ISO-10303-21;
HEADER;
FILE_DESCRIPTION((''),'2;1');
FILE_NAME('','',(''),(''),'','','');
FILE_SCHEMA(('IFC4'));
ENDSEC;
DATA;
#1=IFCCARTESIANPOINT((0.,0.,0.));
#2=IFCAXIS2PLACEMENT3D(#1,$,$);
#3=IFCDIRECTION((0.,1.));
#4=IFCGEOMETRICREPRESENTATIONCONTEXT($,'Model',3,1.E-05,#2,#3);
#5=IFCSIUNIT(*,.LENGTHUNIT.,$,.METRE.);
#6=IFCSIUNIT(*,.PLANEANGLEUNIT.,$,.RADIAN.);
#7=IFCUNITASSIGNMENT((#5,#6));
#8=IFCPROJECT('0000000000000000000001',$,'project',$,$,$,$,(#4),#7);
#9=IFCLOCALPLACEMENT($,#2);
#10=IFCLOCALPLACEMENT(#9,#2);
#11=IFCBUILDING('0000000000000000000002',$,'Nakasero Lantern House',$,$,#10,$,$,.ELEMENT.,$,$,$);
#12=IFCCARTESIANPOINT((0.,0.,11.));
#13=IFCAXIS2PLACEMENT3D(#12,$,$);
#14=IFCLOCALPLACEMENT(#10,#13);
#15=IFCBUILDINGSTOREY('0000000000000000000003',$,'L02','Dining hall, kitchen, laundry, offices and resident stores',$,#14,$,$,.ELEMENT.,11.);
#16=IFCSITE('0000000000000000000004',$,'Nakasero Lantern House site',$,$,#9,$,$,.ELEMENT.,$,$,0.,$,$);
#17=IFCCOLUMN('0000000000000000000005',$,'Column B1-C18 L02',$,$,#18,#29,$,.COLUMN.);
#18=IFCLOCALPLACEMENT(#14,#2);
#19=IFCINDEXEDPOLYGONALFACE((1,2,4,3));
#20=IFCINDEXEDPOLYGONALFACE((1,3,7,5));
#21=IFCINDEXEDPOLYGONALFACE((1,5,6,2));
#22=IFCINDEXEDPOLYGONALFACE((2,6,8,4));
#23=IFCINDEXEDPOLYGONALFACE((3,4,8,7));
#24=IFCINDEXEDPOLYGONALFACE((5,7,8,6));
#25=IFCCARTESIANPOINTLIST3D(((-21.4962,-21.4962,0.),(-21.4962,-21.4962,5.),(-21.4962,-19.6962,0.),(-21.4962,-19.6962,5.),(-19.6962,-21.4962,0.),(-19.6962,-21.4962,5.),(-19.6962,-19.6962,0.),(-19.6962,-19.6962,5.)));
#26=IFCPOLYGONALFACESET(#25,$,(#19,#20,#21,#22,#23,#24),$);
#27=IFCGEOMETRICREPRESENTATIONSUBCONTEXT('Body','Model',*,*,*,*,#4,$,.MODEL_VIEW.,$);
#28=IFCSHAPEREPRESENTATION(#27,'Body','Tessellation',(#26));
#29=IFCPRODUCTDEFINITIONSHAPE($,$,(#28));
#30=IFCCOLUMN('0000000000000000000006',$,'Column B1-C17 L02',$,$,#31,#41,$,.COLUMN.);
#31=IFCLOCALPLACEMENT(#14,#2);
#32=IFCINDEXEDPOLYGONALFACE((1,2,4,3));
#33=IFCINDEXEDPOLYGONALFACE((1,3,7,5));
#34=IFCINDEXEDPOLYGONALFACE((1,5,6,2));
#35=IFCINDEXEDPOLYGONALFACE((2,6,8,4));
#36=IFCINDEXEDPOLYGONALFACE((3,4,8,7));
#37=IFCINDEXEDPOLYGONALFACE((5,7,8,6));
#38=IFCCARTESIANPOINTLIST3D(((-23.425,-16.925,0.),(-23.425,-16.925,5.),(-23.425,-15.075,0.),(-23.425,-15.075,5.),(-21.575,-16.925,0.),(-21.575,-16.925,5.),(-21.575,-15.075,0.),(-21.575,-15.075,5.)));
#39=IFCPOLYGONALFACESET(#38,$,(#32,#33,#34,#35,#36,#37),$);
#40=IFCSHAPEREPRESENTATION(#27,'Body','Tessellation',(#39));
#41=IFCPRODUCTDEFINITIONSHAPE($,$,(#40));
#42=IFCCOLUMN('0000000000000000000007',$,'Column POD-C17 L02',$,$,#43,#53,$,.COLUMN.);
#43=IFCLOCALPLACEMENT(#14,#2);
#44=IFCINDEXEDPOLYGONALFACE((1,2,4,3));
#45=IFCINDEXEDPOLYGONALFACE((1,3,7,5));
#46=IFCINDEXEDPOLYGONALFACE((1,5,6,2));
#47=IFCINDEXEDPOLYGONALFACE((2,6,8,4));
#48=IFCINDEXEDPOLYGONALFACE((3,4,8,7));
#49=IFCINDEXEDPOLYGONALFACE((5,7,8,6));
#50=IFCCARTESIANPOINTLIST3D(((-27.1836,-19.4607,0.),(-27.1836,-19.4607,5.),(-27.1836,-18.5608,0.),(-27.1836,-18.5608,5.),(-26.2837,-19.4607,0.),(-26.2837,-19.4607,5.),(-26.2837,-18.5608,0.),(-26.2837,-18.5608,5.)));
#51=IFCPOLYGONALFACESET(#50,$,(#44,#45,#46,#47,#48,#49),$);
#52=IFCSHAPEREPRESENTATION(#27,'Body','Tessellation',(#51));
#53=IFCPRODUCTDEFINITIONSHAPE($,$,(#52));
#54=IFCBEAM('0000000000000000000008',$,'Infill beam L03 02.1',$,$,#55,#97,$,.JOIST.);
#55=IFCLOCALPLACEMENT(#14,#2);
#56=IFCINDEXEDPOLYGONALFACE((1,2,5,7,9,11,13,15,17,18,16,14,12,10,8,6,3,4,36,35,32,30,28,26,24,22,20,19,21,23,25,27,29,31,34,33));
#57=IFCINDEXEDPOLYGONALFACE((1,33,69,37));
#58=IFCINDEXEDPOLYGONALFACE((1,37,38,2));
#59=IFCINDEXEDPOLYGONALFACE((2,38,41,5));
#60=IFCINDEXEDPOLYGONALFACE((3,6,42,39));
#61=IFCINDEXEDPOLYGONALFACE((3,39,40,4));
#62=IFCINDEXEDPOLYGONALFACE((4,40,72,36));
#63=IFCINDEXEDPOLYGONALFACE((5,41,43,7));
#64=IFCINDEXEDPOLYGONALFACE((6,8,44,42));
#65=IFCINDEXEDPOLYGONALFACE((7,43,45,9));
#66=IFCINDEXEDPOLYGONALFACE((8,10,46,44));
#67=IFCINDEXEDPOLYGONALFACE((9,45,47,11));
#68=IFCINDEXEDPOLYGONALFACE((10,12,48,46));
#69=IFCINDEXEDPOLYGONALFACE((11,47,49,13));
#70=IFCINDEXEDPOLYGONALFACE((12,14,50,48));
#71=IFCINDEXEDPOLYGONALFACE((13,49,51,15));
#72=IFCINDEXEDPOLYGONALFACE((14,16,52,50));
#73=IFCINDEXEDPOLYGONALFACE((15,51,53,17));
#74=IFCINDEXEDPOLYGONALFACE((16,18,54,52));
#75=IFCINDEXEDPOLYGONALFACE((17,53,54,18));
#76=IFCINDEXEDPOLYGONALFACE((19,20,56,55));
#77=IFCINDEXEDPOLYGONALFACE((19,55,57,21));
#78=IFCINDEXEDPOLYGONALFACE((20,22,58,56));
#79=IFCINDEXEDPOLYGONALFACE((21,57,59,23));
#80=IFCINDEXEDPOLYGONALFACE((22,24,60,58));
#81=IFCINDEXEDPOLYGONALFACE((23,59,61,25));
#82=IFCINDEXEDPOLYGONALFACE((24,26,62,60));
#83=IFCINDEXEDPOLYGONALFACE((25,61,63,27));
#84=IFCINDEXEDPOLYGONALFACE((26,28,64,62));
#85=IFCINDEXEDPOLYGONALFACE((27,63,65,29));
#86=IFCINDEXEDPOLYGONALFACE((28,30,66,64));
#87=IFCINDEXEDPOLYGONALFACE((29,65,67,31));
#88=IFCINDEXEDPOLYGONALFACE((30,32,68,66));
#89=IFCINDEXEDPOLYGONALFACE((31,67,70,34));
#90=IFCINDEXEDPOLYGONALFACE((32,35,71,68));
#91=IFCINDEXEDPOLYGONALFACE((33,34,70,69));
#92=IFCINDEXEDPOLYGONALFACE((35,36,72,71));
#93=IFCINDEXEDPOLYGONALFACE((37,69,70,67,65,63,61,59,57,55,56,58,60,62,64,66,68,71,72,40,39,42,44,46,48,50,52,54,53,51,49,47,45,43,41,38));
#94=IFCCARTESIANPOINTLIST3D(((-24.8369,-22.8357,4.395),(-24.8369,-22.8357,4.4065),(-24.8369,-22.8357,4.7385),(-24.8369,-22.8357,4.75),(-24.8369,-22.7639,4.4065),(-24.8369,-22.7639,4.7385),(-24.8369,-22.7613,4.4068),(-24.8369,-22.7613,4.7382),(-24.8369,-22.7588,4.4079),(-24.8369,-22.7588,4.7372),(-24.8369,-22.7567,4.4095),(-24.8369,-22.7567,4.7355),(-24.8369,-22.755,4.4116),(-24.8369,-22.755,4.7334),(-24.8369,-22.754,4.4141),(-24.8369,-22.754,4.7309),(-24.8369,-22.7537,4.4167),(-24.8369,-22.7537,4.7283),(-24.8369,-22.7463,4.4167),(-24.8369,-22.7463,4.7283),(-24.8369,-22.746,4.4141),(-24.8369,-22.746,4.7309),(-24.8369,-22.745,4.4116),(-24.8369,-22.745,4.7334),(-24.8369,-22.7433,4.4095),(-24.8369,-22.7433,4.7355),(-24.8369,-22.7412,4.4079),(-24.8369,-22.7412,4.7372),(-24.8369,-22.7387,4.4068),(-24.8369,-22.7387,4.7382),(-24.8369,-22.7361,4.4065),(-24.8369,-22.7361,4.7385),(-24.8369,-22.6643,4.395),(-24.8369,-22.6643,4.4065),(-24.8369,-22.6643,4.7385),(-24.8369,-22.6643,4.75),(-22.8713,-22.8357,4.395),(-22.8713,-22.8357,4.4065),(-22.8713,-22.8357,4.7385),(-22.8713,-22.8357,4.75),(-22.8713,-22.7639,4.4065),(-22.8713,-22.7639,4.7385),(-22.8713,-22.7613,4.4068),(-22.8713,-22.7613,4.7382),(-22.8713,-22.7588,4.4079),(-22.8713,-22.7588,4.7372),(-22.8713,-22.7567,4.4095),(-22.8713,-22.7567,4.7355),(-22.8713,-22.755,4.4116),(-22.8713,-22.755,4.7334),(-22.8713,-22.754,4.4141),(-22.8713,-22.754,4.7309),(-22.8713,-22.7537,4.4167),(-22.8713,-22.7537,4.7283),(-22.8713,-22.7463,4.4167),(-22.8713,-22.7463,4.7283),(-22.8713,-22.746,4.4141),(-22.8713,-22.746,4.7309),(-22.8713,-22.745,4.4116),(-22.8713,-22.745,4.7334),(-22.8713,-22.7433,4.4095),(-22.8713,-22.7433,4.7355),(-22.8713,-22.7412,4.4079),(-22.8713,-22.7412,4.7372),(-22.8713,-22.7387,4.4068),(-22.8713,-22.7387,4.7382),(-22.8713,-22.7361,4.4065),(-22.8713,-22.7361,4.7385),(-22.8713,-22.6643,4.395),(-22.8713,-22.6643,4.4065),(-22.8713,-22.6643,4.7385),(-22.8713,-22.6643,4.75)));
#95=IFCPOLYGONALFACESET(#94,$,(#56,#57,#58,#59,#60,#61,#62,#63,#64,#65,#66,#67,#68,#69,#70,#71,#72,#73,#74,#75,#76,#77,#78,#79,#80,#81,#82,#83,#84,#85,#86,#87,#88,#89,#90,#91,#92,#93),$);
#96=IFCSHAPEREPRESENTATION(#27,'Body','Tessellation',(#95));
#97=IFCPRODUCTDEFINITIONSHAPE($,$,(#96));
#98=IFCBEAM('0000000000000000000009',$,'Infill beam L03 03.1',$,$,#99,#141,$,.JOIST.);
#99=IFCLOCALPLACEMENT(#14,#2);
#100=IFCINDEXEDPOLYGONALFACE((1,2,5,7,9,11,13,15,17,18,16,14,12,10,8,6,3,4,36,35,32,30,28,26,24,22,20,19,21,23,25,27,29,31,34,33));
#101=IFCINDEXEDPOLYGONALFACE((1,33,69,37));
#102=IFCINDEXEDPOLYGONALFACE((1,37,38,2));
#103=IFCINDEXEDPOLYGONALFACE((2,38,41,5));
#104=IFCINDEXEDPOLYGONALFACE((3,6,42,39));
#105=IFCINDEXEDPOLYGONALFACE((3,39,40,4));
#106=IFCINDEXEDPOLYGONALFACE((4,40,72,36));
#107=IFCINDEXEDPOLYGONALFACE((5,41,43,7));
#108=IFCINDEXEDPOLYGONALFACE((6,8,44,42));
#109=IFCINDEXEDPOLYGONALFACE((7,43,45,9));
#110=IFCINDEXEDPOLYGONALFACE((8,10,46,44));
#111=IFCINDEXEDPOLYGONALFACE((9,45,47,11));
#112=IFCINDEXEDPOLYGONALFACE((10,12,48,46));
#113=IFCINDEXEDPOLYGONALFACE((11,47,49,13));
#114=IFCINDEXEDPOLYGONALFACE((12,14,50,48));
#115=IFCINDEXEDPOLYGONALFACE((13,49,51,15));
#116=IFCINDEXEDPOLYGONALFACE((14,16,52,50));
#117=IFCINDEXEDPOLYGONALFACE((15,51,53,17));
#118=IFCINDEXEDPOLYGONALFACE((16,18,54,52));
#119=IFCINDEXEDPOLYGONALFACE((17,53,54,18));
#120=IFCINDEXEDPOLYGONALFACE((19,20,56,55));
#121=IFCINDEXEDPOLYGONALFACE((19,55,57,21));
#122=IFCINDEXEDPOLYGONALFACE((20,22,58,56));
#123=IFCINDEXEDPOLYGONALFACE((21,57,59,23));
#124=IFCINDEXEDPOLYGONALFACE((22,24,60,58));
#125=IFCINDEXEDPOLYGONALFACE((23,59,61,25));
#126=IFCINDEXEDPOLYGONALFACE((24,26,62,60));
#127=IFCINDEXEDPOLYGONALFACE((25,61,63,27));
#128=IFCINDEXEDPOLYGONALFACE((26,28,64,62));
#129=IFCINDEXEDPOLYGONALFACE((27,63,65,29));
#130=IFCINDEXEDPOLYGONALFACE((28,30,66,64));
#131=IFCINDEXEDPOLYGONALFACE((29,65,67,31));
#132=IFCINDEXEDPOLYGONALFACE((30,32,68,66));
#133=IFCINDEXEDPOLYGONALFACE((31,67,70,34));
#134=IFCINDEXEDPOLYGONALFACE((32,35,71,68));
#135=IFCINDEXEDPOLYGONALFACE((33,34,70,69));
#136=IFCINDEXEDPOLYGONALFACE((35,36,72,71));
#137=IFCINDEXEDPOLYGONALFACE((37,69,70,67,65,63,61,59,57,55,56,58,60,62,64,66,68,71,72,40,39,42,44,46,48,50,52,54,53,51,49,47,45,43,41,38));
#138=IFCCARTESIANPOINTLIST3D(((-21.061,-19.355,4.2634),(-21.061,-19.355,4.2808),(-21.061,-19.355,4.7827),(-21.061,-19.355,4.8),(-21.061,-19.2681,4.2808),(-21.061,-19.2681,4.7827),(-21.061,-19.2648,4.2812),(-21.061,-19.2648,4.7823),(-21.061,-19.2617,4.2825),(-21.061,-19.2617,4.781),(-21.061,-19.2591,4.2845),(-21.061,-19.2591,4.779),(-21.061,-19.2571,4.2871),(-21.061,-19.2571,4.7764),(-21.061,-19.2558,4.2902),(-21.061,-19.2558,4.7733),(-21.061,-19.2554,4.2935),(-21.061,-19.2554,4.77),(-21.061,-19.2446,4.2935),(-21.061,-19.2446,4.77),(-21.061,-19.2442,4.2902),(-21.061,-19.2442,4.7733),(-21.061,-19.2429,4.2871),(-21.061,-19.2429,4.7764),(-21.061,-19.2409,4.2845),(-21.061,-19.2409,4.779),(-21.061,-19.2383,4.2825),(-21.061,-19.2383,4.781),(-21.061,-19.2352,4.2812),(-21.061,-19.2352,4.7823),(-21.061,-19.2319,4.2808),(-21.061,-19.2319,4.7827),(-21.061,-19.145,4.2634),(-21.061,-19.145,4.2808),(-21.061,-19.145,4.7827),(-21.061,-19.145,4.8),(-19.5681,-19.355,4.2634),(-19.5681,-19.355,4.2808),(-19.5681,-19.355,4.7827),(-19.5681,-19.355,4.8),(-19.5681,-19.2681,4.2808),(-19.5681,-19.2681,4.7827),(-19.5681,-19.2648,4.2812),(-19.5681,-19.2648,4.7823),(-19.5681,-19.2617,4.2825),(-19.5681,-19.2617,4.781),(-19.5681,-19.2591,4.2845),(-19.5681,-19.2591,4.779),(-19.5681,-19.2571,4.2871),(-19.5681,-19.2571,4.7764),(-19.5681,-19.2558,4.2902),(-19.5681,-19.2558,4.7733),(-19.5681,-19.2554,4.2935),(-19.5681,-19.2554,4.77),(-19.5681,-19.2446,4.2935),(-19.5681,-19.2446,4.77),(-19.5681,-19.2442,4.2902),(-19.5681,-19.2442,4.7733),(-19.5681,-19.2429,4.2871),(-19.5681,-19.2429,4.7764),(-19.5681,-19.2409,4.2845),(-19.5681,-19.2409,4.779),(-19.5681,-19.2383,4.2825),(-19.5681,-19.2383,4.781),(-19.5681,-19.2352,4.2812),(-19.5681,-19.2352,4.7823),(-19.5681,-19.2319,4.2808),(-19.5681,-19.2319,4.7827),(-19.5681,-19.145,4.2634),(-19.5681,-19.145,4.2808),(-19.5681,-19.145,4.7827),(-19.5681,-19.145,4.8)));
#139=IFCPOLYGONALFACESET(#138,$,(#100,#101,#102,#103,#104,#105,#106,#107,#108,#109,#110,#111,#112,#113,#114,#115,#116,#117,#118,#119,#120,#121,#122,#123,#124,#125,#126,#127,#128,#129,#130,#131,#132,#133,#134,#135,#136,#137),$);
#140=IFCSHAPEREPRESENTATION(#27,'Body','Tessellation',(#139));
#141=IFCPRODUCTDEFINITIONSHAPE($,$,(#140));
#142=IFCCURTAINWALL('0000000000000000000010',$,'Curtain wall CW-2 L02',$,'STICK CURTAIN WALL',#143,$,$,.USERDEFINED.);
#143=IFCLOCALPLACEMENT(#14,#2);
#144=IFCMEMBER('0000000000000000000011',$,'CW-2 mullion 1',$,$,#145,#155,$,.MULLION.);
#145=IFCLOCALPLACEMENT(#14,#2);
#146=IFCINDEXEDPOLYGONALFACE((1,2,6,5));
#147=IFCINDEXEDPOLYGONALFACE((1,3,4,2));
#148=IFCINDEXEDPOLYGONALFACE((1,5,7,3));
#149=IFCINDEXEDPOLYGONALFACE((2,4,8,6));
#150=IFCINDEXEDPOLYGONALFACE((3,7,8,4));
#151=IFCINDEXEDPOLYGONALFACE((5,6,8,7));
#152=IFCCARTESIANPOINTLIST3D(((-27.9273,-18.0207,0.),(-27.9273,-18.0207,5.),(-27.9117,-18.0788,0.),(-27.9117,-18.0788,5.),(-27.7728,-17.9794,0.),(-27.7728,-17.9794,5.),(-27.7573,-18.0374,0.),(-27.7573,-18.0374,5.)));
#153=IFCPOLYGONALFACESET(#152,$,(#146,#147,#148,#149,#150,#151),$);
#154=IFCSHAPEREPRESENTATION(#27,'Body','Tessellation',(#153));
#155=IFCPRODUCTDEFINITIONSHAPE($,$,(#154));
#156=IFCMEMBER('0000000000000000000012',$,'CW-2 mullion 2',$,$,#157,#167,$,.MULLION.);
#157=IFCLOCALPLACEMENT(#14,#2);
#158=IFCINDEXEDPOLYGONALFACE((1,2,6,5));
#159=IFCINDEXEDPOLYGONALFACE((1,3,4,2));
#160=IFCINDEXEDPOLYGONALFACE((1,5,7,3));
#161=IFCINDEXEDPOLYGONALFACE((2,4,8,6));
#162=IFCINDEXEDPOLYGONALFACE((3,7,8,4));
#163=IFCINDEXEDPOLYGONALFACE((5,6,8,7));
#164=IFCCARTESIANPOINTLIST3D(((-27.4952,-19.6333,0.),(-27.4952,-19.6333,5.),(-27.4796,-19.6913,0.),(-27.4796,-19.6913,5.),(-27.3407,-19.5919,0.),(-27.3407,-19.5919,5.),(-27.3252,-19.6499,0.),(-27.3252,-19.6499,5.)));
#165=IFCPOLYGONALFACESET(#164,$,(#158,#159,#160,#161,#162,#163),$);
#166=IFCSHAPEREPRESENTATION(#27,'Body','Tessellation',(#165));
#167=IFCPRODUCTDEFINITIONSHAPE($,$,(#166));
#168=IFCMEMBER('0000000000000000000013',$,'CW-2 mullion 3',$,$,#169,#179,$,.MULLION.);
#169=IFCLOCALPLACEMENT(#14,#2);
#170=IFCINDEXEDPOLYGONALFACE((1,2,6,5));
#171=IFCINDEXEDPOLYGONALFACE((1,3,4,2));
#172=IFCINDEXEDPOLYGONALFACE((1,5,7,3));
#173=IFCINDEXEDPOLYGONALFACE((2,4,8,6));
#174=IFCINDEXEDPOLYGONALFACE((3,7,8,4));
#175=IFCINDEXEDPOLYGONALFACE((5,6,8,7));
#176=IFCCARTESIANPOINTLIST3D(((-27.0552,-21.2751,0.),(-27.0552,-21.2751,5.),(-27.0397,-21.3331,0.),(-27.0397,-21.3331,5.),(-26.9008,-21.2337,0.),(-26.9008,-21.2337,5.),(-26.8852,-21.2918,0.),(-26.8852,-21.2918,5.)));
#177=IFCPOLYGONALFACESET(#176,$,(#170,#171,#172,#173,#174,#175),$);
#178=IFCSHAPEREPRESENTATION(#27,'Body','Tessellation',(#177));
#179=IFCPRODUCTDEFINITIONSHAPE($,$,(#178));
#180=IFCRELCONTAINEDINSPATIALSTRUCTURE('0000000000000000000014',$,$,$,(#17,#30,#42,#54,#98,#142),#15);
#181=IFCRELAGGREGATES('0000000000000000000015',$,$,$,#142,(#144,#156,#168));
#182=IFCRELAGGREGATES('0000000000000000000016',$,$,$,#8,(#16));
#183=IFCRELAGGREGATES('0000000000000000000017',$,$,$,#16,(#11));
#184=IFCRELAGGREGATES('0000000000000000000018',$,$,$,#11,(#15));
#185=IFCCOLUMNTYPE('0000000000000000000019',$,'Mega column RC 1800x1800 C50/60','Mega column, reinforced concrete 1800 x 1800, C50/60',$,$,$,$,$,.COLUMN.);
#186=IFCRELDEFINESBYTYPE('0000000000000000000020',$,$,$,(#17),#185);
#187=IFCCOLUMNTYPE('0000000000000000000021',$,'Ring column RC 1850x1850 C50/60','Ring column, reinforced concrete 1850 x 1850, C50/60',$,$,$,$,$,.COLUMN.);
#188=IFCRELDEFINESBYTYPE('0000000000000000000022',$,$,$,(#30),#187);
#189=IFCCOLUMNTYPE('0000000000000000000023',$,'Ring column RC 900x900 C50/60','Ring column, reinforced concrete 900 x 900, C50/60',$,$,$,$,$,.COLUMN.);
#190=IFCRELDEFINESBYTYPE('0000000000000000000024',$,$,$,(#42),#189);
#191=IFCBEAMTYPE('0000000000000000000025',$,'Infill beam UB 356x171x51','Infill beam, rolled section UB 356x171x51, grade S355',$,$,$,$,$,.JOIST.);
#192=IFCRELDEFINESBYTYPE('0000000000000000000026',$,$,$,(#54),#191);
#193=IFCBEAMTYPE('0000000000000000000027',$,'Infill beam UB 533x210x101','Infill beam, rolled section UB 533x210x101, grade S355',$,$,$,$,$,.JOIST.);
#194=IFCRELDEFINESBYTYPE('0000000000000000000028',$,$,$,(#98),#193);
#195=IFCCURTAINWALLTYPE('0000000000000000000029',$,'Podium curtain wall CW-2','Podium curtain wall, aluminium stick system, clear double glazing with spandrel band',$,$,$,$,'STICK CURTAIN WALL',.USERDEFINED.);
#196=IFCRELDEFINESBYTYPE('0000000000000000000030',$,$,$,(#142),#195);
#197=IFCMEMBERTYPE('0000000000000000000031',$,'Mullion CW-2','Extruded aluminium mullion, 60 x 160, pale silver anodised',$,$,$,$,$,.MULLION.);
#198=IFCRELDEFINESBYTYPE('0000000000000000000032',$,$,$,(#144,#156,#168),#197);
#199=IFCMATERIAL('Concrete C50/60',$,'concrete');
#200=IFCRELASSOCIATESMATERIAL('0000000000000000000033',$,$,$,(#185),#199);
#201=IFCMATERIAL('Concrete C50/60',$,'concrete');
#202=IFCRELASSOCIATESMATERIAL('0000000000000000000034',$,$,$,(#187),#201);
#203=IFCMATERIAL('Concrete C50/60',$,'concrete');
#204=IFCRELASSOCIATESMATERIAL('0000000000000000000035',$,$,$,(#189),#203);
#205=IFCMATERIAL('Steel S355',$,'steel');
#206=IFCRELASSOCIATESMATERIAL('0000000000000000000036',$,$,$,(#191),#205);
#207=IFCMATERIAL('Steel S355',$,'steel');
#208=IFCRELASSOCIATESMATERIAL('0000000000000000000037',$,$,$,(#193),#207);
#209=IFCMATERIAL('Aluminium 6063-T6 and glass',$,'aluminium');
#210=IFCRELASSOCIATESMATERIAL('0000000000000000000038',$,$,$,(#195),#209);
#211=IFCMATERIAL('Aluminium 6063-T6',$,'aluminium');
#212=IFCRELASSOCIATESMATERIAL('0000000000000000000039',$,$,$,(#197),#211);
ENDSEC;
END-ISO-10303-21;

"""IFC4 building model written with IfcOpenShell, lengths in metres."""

from ifc_helpers import new_model, si_unit, direction, frame, origin, origin_2d, place, context, subcontext, project, spatial, rectangle, i_section, extrude, material, material_profile, profile_set, type_object, element, aggregate, save


model = new_model("IFC4")

# Units and contexts
model_context = context("Model", 3, precision=1e-05, world=origin(), true_north=direction((0.0, 1.0)))
body_context = subcontext(model_context, "Body", "Model", "MODEL_VIEW")
ifc_project = project(units=[si_unit("LENGTHUNIT", "METRE"), si_unit("PLANEANGLEUNIT", "RADIAN")], contexts=[model_context])

# Site, building, storey
site_placement = place(None, origin())
site = spatial("IfcSite", under=ifc_project, at=site_placement, Name="Nakasero Lantern House site", CompositionType="ELEMENT", RefElevation=0.0)
building_placement = place(site_placement, origin())
building = spatial("IfcBuilding", under=site, at=building_placement, Name="Nakasero Lantern House", CompositionType="ELEMENT")
storey_placement = place(building_placement, frame((0.0, 0.0, 11.0)))
storey = spatial("IfcBuildingStorey", under=building, at=storey_placement, Name="L02", Description="Dining hall, kitchen, laundry, offices and resident stores", CompositionType="ELEMENT", Elevation=11.0)

# Columns
ifc_material_1 = material(Name="Concrete C50/60", Category="concrete")
ifc_material_profile_1 = material_profile(ifc_material_1, rectangle(XDim=1.8, YDim=1.8, at=origin_2d()), Name="RC 1800x1800")
ifc_profile_set_1 = profile_set([ifc_material_profile_1], Name="Concrete C50/60")
column_type_1 = type_object("IfcColumnType", Name="Mega column RC 1800x1800 C50/60", Description="Mega column, reinforced concrete 1800 x 1800, C50/60", PredefinedType="COLUMN", material=ifc_profile_set_1)
column_1_placement = place(storey_placement, frame((-20.5962, -20.5962, 0.0), z_axis=(0.0, 0.0, 1.0), x_axis=(1.0, 0.0, 0.0)))
element("IfcColumn", 1, at=column_1_placement, inside=storey, type_object=column_type_1, Name="Column B1-C18 L02", PredefinedType="COLUMN", context=body_context, shape_type="SweptSolid", body=[
    extrude(rectangle(XDim=1.8, YDim=1.8, at=origin_2d()), origin(), (0.0, 0.0, 1.0), 5.0),
])
ifc_material_2 = material(Name="Concrete C50/60", Category="concrete")
ifc_material_profile_2 = material_profile(ifc_material_2, rectangle(XDim=1.8501, YDim=1.8501, at=origin_2d()), Name="RC 1850x1850")
ifc_profile_set_2 = profile_set([ifc_material_profile_2], Name="Concrete C50/60")
column_type_2 = type_object("IfcColumnType", Name="Ring column RC 1850x1850 C50/60", Description="Ring column, reinforced concrete 1850 x 1850, C50/60", PredefinedType="COLUMN", material=ifc_profile_set_2)
column_2_placement = place(storey_placement, frame((-22.5, -16.0, 0.0), z_axis=(0.0, 0.0, 1.0), x_axis=(1.0, 0.0, 0.0)))
element("IfcColumn", 2, at=column_2_placement, inside=storey, type_object=column_type_2, Name="Column B1-C17 L02", PredefinedType="COLUMN", context=body_context, shape_type="SweptSolid", body=[
    extrude(rectangle(XDim=1.8501, YDim=1.8501, at=origin_2d()), origin(), (0.0, 0.0, 1.0), 5.0),
])
ifc_material_3 = material(Name="Concrete C50/60", Category="concrete")
ifc_material_profile_3 = material_profile(ifc_material_3, rectangle(XDim=0.8999, YDim=0.8999, at=origin_2d()), Name="RC 900x900")
ifc_profile_set_3 = profile_set([ifc_material_profile_3], Name="Concrete C50/60")
column_type_3 = type_object("IfcColumnType", Name="Ring column RC 900x900 C50/60", Description="Ring column, reinforced concrete 900 x 900, C50/60", PredefinedType="COLUMN", material=ifc_profile_set_3)
column_3_placement = place(storey_placement, frame((-26.7336, -19.0107, 0.0), z_axis=(0.0, 0.0, 1.0), x_axis=(1.0, 0.0, 0.0)))
element("IfcColumn", 3, at=column_3_placement, inside=storey, type_object=column_type_3, Name="Column POD-C17 L02", PredefinedType="COLUMN", context=body_context, shape_type="SweptSolid", body=[
    extrude(rectangle(XDim=0.8999, YDim=0.8999, at=origin_2d()), origin(), (0.0, 0.0, 1.0), 5.0),
])

# Beams
ifc_material_4 = material(Name="Steel S355", Category="steel")
ifc_material_profile_4 = material_profile(ifc_material_4, i_section(OverallWidth=0.1714, OverallDepth=0.355, WebThickness=0.0073, FlangeThickness=0.0115, FilletRadius=0.0103, at=origin_2d()), Name="UB 356x171x51")
ifc_profile_set_4 = profile_set([ifc_material_profile_4], Name="Steel S355")
beam_type_1 = type_object("IfcBeamType", Name="Infill beam UB 356x171x51", Description="Infill beam, rolled section UB 356x171x51, grade S355", PredefinedType="JOIST", material=ifc_profile_set_4)
beam_1_placement = place(storey_placement, frame((-24.8369, -22.75, 4.5725), z_axis=(1.0, 0.0, 0.0), x_axis=(0.0, 1.0, 0.0)))
element("IfcBeam", 4, at=beam_1_placement, inside=storey, type_object=beam_type_1, Name="Infill beam L03 02.1", PredefinedType="JOIST", context=body_context, shape_type="SweptSolid", body=[
    extrude(i_section(OverallWidth=0.1714, OverallDepth=0.355, WebThickness=0.0073, FlangeThickness=0.0115, FilletRadius=0.0103, at=origin_2d()), origin(), (0.0, 0.0, 1.0), 1.9656),
])
ifc_material_5 = material(Name="Steel S355", Category="steel")
ifc_material_profile_5 = material_profile(ifc_material_5, i_section(OverallWidth=0.21, OverallDepth=0.5366, WebThickness=0.0107, FlangeThickness=0.0173, FilletRadius=0.0127, at=origin_2d()), Name="UB 533x210x101")
ifc_profile_set_5 = profile_set([ifc_material_profile_5], Name="Steel S355")
beam_type_2 = type_object("IfcBeamType", Name="Infill beam UB 533x210x101", Description="Infill beam, rolled section UB 533x210x101, grade S355", PredefinedType="JOIST", material=ifc_profile_set_5)
beam_2_placement = place(storey_placement, frame((-21.061, -19.25, 4.5317), z_axis=(1.0, 0.0, 0.0), x_axis=(0.0, 1.0, 0.0)))
element("IfcBeam", 5, at=beam_2_placement, inside=storey, type_object=beam_type_2, Name="Infill beam L03 03.1", PredefinedType="JOIST", context=body_context, shape_type="SweptSolid", body=[
    extrude(i_section(OverallWidth=0.21, OverallDepth=0.5366, WebThickness=0.0107, FlangeThickness=0.0173, FilletRadius=0.0127, at=origin_2d()), origin(), (0.0, 0.0, 1.0), 1.4929),
])

# Curtain wall, members
ifc_material_6 = material(Name="Aluminium 6063-T6 and glass", Category="aluminium")
curtain_wall_type = type_object("IfcCurtainWallType", Name="Podium curtain wall CW-2", Description="Podium curtain wall, aluminium stick system, clear double glazing with spandrel band", ElementType="STICK CURTAIN WALL", PredefinedType="USERDEFINED", material=ifc_material_6)
curtain_wall_1_placement = place(storey_placement, origin())
curtain_wall_1 = element("IfcCurtainWall", 6, at=curtain_wall_1_placement, inside=storey, type_object=curtain_wall_type, Name="Curtain wall CW-2 L02", ObjectType="STICK CURTAIN WALL", PredefinedType="USERDEFINED")
ifc_material_7 = material(Name="Aluminium 6063-T6", Category="aluminium")
ifc_material_profile_6 = material_profile(ifc_material_7, rectangle(XDim=0.0601, YDim=0.1599, at=origin_2d()), Name="CW-2 mullion 60x160")
ifc_profile_set_6 = profile_set([ifc_material_profile_6], Name="Aluminium 6063-T6")
member_type_1 = type_object("IfcMemberType", Name="Mullion CW-2", Description="Extruded aluminium mullion, 60 x 160, pale silver anodised", PredefinedType="MULLION", material=ifc_profile_set_6)
member_1_placement = place(storey_placement, frame((-27.8423, -18.0291, 0.0), z_axis=(0.0, 0.0, 1.0), x_axis=(0.258819, -0.965926, 0.0)))
member_1 = element("IfcMember", 7, at=member_1_placement, type_object=member_type_1, Name="CW-2 mullion 1", PredefinedType="MULLION", context=body_context, shape_type="SweptSolid", body=[
    extrude(rectangle(XDim=0.0601, YDim=0.1599, at=origin_2d()), origin(), (0.0, 0.0, 1.0), 5.0),
])
member_2_placement = place(storey_placement, frame((-27.4102, -19.6416, 0.0), z_axis=(0.0, 0.0, 1.0), x_axis=(0.258819, -0.965926, 0.0)))
member_2 = element("IfcMember", 8, at=member_2_placement, type_object=member_type_1, Name="CW-2 mullion 2", PredefinedType="MULLION", context=body_context, shape_type="SweptSolid", body=[
    extrude(rectangle(XDim=0.0601, YDim=0.1599, at=origin_2d()), origin(), (0.0, 0.0, 1.0), 5.0),
])
member_3_placement = place(storey_placement, frame((-26.9702, -21.2834, 0.0), z_axis=(0.0, 0.0, 1.0), x_axis=(0.258819, -0.965926, 0.0)))
member_3 = element("IfcMember", 9, at=member_3_placement, type_object=member_type_1, Name="CW-2 mullion 3", PredefinedType="MULLION", context=body_context, shape_type="SweptSolid", body=[
    extrude(rectangle(XDim=0.0601, YDim=0.1599, at=origin_2d()), origin(), (0.0, 0.0, 1.0), 5.0),
])

aggregate(curtain_wall_1, [member_1, member_2, member_3])

save(model, "model.ifc")
